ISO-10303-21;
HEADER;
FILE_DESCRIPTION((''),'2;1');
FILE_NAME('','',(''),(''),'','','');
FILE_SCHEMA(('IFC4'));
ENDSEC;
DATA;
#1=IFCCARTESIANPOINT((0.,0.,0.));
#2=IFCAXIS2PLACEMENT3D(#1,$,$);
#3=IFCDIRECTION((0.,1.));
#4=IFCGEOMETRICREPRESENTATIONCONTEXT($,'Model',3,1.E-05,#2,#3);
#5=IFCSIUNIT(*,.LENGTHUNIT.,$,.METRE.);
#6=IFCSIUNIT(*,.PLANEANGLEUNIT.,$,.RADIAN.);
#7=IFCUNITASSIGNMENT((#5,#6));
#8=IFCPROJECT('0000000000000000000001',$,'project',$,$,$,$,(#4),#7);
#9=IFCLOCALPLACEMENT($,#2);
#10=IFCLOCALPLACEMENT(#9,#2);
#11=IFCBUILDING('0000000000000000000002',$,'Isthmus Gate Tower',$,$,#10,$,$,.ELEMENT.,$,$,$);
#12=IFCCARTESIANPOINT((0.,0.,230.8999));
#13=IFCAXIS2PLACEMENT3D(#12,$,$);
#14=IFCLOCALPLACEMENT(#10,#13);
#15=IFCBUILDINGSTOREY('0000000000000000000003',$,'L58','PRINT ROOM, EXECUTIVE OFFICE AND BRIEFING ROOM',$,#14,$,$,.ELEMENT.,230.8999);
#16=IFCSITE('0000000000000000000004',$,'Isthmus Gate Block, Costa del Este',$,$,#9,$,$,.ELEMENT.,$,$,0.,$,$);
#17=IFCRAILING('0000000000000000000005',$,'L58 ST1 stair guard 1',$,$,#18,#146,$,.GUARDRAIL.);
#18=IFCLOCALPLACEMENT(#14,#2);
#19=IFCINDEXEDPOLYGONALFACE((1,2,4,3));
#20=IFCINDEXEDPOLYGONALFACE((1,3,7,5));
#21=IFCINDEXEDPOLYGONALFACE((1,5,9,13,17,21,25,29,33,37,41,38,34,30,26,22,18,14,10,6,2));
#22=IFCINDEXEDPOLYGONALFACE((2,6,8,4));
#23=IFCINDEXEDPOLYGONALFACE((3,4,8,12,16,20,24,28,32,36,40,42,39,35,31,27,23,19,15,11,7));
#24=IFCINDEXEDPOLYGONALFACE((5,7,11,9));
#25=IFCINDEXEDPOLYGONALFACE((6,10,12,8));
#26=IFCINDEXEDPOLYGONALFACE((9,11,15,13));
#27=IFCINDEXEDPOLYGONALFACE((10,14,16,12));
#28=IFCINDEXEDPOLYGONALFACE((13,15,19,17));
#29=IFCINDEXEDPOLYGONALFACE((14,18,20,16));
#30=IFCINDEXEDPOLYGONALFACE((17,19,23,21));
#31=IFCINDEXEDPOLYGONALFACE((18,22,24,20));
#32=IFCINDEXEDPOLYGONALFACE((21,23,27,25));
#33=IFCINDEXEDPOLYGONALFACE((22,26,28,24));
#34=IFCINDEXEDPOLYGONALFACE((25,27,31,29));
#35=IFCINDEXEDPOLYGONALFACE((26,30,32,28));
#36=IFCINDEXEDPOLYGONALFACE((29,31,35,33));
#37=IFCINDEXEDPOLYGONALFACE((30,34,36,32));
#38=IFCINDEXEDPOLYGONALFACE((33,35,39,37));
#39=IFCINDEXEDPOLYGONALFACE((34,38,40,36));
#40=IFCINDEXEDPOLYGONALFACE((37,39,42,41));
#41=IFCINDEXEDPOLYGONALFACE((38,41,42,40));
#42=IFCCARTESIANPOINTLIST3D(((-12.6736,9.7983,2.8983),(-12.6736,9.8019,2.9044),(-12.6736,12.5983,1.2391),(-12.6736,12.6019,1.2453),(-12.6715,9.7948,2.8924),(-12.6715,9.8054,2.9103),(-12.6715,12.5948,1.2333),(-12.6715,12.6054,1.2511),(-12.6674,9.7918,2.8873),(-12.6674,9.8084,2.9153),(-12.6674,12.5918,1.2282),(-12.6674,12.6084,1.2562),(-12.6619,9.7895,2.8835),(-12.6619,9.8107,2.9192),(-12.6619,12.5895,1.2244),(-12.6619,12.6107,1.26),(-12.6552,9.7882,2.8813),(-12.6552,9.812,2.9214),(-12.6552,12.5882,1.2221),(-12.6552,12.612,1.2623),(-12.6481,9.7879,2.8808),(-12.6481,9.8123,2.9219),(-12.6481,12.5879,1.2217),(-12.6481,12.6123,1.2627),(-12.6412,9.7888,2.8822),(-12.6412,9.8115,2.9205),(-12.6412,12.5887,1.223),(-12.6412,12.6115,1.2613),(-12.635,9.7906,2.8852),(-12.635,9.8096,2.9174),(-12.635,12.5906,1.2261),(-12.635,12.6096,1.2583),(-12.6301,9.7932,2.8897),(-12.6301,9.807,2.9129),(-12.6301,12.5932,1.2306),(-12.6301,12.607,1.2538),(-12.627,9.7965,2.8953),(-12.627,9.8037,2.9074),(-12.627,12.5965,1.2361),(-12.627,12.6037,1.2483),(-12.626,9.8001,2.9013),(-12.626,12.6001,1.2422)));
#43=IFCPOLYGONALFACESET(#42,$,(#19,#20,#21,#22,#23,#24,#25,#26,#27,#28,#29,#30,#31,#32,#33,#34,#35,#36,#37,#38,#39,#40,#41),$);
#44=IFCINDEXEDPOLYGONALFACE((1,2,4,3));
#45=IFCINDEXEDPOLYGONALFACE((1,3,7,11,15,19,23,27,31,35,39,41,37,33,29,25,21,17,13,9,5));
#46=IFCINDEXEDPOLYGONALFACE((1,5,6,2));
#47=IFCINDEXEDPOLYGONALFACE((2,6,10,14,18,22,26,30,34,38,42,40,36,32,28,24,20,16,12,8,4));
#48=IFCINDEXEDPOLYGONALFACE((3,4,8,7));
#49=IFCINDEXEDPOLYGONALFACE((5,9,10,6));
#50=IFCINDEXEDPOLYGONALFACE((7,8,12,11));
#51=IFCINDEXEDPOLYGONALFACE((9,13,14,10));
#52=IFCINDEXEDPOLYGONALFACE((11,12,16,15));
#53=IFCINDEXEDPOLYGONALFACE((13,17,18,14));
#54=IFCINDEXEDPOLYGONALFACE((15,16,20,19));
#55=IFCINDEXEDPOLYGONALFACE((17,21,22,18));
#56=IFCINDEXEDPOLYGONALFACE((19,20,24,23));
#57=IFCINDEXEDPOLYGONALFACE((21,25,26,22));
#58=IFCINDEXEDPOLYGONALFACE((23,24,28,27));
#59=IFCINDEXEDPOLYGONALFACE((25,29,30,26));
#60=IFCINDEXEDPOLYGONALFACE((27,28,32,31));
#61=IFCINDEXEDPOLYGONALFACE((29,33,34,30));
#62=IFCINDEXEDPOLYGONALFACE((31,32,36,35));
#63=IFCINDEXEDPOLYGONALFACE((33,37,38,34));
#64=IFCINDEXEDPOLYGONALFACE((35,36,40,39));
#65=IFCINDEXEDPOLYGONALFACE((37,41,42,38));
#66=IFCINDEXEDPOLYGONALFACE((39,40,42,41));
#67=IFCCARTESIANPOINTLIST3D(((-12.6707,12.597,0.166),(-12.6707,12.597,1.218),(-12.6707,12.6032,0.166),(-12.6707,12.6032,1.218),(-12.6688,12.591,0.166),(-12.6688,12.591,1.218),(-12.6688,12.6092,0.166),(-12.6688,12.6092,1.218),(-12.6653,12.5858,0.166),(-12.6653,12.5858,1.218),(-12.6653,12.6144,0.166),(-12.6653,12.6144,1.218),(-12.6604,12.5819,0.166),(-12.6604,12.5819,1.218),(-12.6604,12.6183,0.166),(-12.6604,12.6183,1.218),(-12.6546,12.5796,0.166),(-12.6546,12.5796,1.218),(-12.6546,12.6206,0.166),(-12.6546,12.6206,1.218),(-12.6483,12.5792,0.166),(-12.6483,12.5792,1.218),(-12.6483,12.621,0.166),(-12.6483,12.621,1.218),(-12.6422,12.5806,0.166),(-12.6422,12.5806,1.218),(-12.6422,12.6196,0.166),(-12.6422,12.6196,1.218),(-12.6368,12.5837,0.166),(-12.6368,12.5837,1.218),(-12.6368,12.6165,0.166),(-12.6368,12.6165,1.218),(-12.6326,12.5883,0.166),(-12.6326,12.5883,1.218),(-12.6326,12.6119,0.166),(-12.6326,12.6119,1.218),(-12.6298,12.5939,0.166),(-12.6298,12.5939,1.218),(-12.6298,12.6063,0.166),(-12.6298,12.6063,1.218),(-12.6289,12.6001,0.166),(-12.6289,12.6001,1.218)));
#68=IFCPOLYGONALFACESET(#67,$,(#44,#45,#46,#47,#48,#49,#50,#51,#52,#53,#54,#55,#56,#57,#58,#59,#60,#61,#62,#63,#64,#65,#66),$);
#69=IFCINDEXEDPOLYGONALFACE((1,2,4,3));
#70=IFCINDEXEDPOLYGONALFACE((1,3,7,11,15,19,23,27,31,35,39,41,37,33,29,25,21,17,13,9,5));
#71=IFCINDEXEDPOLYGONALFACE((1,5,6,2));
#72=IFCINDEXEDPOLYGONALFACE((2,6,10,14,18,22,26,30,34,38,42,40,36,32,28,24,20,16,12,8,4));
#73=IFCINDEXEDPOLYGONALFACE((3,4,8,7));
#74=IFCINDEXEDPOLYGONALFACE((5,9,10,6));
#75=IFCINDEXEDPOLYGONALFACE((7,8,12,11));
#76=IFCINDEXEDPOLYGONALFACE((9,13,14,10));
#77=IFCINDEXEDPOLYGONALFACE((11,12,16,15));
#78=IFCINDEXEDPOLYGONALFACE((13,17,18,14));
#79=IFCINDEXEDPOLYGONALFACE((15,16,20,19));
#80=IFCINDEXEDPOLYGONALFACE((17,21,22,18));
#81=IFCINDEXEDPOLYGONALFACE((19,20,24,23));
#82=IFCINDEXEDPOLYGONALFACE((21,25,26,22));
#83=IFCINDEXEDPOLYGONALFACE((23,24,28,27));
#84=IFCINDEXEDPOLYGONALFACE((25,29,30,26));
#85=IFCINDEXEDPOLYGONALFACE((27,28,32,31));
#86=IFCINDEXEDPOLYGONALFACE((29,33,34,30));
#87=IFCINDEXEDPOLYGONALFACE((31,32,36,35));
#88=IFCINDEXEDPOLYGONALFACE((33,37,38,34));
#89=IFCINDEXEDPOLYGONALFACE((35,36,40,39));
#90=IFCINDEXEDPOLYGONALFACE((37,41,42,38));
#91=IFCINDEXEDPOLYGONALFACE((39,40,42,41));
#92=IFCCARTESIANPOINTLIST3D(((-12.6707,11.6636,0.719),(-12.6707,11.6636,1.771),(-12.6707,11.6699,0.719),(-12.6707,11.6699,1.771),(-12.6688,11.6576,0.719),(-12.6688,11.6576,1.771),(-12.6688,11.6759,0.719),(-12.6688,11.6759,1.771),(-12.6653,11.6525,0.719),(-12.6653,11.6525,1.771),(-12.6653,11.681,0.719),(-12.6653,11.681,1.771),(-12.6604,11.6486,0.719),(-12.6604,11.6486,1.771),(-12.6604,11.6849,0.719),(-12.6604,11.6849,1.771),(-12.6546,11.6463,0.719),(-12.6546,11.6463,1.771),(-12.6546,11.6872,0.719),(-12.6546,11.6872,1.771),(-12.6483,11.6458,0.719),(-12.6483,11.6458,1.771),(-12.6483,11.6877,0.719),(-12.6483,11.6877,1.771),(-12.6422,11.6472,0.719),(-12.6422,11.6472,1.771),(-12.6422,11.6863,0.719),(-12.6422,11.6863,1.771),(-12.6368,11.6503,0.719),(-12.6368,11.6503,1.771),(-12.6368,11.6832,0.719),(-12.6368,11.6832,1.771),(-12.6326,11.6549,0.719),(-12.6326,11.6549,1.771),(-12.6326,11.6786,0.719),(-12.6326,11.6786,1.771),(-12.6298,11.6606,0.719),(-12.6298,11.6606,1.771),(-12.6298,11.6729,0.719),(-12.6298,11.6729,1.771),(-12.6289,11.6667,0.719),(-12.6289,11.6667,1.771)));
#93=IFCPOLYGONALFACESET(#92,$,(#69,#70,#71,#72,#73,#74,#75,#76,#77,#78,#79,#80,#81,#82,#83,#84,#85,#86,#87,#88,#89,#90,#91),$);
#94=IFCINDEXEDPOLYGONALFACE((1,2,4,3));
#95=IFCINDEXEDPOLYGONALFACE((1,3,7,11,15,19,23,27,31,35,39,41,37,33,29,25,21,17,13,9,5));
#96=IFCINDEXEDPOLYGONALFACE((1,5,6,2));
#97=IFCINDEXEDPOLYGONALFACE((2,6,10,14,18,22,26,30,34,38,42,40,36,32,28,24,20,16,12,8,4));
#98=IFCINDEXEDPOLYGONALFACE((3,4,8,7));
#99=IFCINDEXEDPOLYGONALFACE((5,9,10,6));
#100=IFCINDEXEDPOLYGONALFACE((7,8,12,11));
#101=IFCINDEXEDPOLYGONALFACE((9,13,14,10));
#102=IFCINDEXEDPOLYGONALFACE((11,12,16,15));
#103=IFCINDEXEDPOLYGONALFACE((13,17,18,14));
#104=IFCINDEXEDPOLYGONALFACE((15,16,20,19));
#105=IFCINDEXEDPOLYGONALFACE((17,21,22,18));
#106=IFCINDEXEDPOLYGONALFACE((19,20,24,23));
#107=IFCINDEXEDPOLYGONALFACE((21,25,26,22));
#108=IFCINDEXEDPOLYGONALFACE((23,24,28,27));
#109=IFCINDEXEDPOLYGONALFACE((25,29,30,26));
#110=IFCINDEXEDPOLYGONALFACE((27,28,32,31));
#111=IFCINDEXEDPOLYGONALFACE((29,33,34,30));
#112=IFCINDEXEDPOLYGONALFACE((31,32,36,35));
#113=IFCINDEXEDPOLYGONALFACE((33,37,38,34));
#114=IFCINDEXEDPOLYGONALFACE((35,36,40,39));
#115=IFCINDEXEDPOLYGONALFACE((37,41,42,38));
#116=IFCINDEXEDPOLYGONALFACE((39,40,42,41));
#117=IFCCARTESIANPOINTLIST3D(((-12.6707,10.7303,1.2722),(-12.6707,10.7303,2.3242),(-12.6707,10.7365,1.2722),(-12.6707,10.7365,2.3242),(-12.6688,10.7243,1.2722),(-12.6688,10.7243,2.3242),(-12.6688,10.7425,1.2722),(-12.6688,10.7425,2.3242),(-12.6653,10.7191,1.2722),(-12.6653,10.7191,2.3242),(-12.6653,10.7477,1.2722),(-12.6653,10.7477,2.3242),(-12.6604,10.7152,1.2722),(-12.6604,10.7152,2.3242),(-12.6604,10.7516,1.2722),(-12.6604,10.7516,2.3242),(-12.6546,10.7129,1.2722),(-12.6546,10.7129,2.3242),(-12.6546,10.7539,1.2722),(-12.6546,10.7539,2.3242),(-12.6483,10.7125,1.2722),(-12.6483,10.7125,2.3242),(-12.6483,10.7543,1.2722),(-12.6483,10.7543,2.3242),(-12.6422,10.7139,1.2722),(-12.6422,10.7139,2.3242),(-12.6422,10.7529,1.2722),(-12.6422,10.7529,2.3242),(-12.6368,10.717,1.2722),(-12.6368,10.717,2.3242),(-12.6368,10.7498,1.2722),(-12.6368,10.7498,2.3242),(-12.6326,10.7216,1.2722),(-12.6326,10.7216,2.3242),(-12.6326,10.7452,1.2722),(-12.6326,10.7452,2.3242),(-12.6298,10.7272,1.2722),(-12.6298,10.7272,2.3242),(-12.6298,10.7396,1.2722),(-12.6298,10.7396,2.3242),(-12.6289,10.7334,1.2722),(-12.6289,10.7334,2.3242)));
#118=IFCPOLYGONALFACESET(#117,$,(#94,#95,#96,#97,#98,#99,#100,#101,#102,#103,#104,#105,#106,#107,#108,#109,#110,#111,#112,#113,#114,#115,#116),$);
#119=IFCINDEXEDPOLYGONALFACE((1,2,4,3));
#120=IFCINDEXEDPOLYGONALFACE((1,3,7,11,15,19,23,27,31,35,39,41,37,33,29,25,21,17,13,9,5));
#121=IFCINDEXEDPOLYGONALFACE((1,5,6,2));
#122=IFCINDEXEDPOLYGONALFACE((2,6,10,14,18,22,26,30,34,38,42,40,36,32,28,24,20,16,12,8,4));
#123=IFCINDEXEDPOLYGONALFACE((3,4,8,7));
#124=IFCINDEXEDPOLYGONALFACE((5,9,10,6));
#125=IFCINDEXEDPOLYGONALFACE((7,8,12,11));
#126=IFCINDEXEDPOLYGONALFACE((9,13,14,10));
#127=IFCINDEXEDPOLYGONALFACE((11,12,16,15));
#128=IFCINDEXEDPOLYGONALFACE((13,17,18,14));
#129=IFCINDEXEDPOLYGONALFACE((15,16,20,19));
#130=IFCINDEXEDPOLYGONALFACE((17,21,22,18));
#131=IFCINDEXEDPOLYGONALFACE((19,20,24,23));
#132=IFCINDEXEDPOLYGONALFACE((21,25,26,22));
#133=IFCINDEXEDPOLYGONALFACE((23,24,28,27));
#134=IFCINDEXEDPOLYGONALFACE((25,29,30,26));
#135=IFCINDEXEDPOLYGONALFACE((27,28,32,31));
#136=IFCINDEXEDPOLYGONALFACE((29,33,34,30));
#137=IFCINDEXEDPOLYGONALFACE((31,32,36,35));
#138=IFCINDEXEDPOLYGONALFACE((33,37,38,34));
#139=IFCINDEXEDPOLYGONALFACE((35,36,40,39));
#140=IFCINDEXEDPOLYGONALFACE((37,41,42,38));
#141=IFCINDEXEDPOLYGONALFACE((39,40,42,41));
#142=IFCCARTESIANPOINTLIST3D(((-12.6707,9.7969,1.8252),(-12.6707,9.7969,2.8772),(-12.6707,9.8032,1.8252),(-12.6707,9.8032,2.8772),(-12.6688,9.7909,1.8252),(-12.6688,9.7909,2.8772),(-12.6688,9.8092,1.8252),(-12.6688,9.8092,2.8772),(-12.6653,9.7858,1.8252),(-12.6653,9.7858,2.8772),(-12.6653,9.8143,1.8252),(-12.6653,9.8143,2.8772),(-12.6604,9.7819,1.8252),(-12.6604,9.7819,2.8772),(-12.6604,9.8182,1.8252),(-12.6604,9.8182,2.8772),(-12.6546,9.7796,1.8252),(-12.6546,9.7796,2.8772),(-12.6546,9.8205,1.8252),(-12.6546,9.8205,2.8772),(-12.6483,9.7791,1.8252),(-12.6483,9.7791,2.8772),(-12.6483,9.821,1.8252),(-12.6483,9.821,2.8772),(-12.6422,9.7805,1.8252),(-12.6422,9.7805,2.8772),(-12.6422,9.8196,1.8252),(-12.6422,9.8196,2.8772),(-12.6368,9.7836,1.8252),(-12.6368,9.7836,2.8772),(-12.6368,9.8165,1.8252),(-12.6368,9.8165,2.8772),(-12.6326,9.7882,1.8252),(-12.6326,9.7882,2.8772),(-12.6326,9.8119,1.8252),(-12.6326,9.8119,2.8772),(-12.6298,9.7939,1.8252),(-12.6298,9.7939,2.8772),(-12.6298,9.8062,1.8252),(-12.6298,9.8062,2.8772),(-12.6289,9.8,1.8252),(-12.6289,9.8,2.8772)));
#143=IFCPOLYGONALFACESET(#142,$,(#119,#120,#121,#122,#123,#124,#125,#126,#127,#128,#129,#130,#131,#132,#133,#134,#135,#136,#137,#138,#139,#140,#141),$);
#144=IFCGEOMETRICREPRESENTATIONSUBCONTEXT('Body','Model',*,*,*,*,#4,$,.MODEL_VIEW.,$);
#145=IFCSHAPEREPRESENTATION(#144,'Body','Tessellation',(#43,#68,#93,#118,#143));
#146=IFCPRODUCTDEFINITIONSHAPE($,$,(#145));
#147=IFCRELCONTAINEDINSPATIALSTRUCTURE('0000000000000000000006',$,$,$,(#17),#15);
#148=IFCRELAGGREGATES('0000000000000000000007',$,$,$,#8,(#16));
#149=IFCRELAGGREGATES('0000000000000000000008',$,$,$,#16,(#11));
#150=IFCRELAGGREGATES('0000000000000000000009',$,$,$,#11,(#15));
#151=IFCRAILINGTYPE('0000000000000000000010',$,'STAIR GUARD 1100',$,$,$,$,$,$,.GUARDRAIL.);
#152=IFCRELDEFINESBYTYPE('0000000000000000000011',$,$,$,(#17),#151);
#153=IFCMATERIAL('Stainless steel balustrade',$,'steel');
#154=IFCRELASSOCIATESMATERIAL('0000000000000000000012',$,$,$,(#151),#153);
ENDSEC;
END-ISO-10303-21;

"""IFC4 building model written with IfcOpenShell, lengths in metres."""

from ifc_helpers import new_model, si_unit, direction, frame, origin, origin_2d, place, context, subcontext, project, spatial, circle, extrude, material, type_object, element, save


model = new_model("IFC4")

# Units and contexts
model_context = context("Model", 3, precision=1e-05, world=origin(), true_north=direction((0.0, 1.0)))
body_context = subcontext(model_context, "Body", "Model", "MODEL_VIEW")
ifc_project = project(units=[si_unit("LENGTHUNIT", "METRE"), si_unit("PLANEANGLEUNIT", "RADIAN")], contexts=[model_context])

# Site, building, storey
site_placement = place(None, origin())
site = spatial("IfcSite", under=ifc_project, at=site_placement, Name="Isthmus Gate Block, Costa del Este", CompositionType="ELEMENT", RefElevation=0.0)
building_placement = place(site_placement, origin())
building = spatial("IfcBuilding", under=site, at=building_placement, Name="Isthmus Gate Tower", CompositionType="ELEMENT")
storey_placement = place(building_placement, frame((0.0, 0.0, 230.8999)))
storey = spatial("IfcBuildingStorey", under=building, at=storey_placement, Name="L58", Description="PRINT ROOM, EXECUTIVE OFFICE AND BRIEFING ROOM", CompositionType="ELEMENT", Elevation=230.8999)

# Railing
ifc_material_1 = material(Name="Stainless steel balustrade", Category="steel")
railing_type_1 = type_object("IfcRailingType", Name="STAIR GUARD 1100", PredefinedType="GUARDRAIL", material=ifc_material_1)
railing_1_placement = place(storey_placement, frame((-12.6499, 12.6001, 0.166)))
element("IfcRailing", 1, at=railing_1_placement, inside=storey, type_object=railing_type_1, Name="L58 ST1 stair guard 1", PredefinedType="GUARDRAIL", context=body_context, shape_type="SweptSolid", body=[
    extrude(circle(Radius=0.0239, at=origin_2d()), frame((0.0, 0.0, 1.0762), z_axis=(0.0, -0.860306, 0.509778), x_axis=(1.0, 0.0, 0.0)), (0.0, 0.0, 1.0), 3.2546),
    extrude(circle(Radius=0.021, at=origin_2d()), origin(), (0.0, 0.0, 1.0), 1.052),
    extrude(circle(Radius=0.021, at=origin_2d()), frame((0.0, -0.9333, 0.553)), (0.0, 0.0, 1.0), 1.052),
    extrude(circle(Radius=0.021, at=origin_2d()), frame((0.0, -1.8667, 1.1062)), (0.0, 0.0, 1.0), 1.052),
    extrude(circle(Radius=0.021, at=origin_2d()), frame((0.0, -2.8, 1.6592)), (0.0, 0.0, 1.0), 1.052),
])

save(model, "model.ifc")
